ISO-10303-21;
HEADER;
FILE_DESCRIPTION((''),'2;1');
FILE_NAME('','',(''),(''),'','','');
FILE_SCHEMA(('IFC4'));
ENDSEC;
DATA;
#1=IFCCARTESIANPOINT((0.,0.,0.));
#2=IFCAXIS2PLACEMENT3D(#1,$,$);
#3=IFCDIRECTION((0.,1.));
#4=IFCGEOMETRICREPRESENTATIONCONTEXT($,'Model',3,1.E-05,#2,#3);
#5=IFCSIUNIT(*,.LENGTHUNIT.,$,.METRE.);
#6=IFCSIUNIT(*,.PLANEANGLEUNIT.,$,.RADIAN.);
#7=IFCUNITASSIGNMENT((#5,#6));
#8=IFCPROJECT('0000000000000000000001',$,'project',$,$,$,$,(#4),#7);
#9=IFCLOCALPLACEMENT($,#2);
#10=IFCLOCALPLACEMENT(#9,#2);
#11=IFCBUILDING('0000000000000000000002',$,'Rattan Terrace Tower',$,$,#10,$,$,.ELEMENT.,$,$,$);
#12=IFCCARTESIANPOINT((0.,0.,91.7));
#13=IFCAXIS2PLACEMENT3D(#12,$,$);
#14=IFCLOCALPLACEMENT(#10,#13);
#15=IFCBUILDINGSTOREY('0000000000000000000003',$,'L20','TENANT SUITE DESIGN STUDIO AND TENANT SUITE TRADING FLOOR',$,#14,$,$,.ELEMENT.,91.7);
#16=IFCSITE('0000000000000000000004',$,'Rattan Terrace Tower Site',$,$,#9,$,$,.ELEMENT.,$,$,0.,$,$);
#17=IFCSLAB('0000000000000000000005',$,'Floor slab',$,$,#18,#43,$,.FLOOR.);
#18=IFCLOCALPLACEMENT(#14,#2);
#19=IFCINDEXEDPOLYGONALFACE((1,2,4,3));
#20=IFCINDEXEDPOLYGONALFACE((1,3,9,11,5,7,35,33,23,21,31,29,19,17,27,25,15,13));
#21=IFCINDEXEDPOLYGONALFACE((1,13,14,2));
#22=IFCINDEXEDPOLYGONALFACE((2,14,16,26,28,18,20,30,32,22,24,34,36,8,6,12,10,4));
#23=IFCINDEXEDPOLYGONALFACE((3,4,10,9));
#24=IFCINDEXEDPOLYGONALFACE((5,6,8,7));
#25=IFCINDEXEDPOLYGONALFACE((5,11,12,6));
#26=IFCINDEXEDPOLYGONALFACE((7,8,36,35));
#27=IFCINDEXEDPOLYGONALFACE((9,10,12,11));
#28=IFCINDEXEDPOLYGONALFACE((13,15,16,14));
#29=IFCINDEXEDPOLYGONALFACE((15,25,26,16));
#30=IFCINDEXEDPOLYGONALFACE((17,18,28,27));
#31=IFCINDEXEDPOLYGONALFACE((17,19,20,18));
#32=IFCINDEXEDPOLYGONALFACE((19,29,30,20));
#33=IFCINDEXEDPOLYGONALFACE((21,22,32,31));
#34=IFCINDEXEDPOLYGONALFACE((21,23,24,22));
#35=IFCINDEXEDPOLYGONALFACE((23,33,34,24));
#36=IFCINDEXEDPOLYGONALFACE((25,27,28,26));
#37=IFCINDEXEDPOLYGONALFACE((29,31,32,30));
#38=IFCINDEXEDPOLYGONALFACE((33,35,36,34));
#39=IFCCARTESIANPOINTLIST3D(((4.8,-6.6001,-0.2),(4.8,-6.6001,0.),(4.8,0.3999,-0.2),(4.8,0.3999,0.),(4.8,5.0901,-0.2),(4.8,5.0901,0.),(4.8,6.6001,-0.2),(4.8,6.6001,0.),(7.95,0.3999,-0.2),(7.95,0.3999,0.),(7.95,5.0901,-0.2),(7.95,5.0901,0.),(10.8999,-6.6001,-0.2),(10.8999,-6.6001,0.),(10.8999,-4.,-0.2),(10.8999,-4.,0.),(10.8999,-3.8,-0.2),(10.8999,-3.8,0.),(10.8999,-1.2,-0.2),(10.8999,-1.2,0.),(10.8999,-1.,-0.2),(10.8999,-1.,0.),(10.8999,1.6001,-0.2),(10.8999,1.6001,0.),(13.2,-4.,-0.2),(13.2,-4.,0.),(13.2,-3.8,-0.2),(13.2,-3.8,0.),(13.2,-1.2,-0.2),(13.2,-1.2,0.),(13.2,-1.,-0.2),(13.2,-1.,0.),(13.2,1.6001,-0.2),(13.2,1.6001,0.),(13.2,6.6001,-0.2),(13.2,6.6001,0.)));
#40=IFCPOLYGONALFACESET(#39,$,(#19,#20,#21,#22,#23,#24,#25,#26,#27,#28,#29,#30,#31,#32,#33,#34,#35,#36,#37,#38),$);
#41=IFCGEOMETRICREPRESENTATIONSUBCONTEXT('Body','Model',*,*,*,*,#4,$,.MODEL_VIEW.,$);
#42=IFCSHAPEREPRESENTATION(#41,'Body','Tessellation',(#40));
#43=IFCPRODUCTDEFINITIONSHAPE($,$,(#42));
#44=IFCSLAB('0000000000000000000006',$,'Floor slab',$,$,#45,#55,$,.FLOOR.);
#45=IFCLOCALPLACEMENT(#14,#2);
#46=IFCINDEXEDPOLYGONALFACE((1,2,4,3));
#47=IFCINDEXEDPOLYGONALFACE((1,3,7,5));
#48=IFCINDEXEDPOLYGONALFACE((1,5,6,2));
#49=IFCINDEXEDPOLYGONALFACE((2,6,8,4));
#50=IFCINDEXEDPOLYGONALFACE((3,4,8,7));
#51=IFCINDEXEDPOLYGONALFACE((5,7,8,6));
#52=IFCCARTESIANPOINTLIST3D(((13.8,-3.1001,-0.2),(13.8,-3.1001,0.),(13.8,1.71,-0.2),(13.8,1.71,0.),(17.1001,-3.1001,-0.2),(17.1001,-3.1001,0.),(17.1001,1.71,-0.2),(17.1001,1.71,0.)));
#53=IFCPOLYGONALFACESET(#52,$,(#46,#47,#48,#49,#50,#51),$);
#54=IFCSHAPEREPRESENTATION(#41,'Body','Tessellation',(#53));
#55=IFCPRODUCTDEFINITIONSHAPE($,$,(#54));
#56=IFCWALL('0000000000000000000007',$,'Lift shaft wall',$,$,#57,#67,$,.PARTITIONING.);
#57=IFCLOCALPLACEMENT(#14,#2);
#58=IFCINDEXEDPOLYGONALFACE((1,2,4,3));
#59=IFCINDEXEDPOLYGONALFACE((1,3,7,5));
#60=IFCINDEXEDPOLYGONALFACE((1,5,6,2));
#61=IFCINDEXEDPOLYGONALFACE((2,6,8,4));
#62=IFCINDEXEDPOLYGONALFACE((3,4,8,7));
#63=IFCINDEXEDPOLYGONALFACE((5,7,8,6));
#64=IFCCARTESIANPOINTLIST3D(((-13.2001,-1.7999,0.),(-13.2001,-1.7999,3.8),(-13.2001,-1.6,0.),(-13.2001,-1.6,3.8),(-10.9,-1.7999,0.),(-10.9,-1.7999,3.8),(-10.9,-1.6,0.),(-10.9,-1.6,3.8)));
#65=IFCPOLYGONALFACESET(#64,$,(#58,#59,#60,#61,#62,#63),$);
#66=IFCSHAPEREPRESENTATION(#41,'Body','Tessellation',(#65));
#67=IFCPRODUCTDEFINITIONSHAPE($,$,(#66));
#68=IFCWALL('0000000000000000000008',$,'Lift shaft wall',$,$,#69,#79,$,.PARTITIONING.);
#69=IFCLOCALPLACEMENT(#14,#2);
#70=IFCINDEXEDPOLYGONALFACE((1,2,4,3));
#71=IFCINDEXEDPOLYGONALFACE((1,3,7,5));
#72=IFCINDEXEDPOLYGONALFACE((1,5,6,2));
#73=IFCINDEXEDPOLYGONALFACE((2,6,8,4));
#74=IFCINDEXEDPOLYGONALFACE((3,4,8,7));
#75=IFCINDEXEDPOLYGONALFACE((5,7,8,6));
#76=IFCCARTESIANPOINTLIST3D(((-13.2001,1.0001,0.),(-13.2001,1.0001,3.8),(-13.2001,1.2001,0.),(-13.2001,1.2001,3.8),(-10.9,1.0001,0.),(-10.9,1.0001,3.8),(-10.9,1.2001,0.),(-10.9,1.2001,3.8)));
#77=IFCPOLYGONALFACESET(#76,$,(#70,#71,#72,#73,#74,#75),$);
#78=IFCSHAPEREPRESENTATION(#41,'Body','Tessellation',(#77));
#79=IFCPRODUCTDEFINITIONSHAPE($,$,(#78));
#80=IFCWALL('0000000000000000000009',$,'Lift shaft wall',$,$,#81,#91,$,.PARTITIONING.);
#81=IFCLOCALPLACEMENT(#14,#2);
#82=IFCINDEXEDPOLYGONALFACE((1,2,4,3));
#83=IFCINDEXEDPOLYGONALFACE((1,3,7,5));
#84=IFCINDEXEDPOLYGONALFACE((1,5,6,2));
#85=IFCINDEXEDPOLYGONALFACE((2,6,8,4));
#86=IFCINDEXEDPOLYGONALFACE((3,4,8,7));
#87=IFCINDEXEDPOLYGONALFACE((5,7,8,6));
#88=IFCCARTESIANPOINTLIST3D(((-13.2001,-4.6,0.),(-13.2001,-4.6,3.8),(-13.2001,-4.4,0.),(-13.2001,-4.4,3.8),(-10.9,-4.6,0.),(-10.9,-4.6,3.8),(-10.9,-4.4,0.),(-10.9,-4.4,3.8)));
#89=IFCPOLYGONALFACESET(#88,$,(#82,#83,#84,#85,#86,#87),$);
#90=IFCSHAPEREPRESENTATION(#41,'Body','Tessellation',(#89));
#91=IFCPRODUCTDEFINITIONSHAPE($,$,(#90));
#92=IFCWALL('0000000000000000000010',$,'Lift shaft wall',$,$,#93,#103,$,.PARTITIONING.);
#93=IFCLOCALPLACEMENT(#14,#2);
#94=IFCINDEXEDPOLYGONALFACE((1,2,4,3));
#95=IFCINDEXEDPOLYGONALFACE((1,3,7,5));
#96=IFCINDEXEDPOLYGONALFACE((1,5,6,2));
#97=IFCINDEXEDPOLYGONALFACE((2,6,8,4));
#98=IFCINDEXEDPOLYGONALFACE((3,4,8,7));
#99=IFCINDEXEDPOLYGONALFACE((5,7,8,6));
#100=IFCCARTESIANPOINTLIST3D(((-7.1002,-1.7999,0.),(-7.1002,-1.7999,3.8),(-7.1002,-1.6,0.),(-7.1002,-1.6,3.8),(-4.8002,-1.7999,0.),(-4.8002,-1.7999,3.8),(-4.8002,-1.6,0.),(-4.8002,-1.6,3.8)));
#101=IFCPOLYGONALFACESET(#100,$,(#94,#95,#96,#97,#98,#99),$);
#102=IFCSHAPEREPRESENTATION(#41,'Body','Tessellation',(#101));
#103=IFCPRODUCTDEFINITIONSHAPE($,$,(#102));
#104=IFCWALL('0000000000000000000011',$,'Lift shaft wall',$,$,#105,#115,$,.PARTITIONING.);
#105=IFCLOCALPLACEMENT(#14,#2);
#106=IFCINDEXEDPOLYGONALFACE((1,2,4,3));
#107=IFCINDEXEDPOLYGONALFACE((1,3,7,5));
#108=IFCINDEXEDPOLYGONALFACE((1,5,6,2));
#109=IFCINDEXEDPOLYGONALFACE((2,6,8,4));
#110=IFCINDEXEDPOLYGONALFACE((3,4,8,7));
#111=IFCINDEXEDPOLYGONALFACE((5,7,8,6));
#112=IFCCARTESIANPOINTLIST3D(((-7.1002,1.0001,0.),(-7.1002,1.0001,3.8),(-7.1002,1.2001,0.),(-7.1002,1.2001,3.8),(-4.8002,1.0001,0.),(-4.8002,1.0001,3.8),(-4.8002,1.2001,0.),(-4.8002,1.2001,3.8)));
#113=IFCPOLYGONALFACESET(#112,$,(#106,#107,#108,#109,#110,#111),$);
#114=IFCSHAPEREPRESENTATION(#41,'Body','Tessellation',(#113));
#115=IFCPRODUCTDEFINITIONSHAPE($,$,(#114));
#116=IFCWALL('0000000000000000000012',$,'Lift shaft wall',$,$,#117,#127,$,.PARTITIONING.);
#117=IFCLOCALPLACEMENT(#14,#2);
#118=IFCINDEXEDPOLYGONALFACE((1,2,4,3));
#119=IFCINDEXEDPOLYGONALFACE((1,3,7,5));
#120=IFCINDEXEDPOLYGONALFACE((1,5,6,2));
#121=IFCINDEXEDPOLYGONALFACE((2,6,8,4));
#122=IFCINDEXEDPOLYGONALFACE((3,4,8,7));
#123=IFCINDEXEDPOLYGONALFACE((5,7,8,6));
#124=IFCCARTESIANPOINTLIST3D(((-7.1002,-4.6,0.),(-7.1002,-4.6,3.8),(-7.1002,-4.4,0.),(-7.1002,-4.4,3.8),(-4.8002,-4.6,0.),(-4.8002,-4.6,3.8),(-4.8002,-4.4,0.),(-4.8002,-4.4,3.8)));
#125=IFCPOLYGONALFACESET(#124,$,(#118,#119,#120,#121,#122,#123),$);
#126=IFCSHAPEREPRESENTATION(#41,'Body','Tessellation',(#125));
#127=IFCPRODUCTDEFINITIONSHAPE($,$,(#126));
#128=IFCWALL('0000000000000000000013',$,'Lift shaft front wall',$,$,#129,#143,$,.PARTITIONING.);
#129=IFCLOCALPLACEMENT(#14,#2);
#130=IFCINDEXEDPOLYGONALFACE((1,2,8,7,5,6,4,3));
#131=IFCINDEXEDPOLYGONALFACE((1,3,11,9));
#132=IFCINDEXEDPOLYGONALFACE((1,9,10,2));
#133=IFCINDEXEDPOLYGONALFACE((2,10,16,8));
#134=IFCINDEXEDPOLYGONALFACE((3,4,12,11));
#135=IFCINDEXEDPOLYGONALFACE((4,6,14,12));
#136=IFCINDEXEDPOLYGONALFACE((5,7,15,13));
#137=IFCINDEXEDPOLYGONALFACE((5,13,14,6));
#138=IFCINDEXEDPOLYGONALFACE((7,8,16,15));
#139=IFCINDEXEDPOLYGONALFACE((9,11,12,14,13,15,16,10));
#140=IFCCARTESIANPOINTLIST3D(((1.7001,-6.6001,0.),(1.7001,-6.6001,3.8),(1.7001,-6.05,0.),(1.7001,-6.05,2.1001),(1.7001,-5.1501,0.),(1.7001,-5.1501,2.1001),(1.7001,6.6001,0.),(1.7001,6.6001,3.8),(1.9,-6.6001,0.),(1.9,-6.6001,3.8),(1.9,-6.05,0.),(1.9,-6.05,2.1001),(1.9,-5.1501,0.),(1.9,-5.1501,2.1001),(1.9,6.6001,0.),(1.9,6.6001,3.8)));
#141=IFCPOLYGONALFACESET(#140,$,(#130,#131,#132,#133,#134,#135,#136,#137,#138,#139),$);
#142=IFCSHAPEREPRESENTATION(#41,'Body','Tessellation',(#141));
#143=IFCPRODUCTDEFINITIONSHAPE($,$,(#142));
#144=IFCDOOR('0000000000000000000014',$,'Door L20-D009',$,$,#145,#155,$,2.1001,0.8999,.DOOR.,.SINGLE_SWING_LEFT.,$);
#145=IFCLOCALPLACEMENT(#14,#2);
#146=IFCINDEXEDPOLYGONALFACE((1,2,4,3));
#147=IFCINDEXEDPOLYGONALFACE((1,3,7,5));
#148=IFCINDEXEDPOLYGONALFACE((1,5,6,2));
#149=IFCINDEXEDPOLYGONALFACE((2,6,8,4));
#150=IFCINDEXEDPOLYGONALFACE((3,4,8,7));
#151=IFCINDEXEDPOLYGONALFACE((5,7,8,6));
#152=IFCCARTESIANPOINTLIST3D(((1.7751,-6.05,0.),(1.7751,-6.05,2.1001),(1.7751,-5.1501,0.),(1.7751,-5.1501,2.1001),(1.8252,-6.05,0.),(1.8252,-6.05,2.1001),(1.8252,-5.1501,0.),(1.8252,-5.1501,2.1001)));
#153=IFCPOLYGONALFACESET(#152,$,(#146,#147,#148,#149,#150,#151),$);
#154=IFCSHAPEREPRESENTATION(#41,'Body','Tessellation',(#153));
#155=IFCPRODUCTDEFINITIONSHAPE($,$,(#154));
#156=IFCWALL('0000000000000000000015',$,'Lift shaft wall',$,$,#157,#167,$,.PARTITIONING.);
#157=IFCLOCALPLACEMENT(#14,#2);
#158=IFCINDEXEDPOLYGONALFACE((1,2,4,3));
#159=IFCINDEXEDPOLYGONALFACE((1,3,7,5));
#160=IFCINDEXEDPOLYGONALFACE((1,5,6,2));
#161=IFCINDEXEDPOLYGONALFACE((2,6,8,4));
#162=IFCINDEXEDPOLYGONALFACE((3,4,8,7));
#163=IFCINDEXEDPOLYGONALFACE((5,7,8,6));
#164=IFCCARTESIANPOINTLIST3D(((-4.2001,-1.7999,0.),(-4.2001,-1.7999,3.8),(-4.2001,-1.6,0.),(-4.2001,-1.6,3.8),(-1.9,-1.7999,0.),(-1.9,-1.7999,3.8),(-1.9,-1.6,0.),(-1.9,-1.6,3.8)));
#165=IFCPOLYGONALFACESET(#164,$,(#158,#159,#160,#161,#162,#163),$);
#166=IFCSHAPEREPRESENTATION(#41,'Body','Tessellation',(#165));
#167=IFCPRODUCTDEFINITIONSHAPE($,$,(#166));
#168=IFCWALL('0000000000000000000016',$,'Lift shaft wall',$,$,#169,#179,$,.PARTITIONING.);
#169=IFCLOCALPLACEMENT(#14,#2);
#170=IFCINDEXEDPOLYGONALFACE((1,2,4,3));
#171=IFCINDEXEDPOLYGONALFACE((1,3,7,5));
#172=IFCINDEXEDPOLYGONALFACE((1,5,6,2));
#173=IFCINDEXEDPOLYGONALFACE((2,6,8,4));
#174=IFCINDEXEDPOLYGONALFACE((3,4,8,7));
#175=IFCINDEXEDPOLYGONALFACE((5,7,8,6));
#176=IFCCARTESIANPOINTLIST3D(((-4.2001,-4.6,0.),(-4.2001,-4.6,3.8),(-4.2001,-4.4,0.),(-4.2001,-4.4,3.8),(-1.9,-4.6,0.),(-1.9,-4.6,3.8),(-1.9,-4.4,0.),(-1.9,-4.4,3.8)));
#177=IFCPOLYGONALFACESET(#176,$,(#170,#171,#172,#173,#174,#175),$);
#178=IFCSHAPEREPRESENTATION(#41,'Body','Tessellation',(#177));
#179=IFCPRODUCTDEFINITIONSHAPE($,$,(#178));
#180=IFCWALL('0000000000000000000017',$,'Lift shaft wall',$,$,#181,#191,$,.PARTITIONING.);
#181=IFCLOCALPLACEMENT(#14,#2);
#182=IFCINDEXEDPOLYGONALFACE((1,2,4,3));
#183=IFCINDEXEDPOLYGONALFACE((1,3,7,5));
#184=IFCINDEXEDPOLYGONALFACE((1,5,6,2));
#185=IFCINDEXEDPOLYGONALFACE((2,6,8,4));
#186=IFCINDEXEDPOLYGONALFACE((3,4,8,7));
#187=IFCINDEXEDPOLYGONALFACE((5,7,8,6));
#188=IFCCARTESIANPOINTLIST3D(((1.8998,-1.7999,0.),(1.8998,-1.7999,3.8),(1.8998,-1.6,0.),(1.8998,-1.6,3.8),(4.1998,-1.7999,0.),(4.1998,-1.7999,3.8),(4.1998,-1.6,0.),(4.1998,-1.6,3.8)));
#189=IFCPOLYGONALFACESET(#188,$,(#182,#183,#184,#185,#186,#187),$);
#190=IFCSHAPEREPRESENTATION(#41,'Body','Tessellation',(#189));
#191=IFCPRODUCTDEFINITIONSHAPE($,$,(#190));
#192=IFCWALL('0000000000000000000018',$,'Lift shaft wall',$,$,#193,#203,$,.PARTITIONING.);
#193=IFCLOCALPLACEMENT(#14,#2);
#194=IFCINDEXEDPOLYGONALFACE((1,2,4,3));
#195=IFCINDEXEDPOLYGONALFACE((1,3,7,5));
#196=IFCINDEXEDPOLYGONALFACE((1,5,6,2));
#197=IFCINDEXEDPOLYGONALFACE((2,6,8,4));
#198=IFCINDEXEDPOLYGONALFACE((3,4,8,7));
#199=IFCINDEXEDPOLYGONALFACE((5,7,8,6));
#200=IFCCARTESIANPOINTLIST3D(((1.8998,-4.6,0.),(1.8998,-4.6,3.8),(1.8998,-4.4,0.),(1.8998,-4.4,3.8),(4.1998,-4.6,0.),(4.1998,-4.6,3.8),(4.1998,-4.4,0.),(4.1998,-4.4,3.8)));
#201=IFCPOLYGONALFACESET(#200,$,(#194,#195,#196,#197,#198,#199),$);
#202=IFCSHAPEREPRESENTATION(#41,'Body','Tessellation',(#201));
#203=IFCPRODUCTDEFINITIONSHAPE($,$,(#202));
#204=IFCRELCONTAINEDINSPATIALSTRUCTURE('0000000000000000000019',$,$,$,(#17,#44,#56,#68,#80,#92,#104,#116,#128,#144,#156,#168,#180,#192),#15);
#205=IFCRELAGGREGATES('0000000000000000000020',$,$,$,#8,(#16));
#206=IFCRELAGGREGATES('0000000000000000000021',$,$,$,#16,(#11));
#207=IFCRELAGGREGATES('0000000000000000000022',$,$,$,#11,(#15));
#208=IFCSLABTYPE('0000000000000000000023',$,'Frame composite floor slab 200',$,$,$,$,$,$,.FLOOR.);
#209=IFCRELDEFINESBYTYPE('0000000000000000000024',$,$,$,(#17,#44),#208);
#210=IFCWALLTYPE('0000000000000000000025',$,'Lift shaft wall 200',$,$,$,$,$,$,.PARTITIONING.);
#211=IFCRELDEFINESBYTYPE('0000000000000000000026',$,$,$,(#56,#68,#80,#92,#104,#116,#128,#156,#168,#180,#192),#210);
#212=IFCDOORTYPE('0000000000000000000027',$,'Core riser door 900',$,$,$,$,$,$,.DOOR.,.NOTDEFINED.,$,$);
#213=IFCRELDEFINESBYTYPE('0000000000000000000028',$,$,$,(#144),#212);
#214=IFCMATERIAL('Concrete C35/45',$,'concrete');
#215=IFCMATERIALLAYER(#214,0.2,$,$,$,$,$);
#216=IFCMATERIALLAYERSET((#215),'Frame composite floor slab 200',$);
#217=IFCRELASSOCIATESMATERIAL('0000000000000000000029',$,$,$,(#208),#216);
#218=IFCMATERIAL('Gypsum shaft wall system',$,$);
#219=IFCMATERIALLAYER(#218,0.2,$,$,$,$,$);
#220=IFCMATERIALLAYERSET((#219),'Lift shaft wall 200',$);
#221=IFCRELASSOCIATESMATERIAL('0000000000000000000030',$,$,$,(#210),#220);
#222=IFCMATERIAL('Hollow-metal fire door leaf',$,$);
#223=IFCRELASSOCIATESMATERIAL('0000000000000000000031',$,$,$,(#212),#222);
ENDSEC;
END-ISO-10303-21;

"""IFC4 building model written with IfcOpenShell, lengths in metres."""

from ifc_helpers import new_model, si_unit, direction, frame, frame_2d, origin, place, context, subcontext, project, spatial, polyline, rectangle, outline, extrude, material, layer, layer_set, type_object, element, fill, save


model = new_model("IFC4")

# Units and contexts
model_context = context("Model", 3, precision=1e-05, world=origin(), true_north=direction((0.0, 1.0)))
body_context = subcontext(model_context, "Body", "Model", "MODEL_VIEW")
ifc_project = project(units=[si_unit("LENGTHUNIT", "METRE"), si_unit("PLANEANGLEUNIT", "RADIAN")], contexts=[model_context])

# Site, building, storey
site_placement = place(None, origin())
site = spatial("IfcSite", under=ifc_project, at=site_placement, Name="Rattan Terrace Tower Site", CompositionType="ELEMENT", RefElevation=0.0)
building_placement = place(site_placement, origin())
building = spatial("IfcBuilding", under=site, at=building_placement, Name="Rattan Terrace Tower", CompositionType="ELEMENT")
storey_placement = place(building_placement, frame((0.0, 0.0, 91.7)))
storey = spatial("IfcBuildingStorey", under=building, at=storey_placement, Name="L20", Description="TENANT SUITE DESIGN STUDIO AND TENANT SUITE TRADING FLOOR", CompositionType="ELEMENT", Elevation=91.7)

# Slabs
ifc_material_1 = material(Name="Concrete C35/45", Category="concrete")
ifc_layer_1 = layer(ifc_material_1, 0.2)
ifc_layer_set_1 = layer_set([ifc_layer_1], Name="Frame composite floor slab 200")
slab_type_1 = type_object("IfcSlabType", Name="Frame composite floor slab 200", PredefinedType="FLOOR", material=ifc_layer_set_1)
slab_1_placement = place(storey_placement, frame((0.0, 0.0, -0.2)))
element("IfcSlab", 1, at=slab_1_placement, inside=storey, type_object=slab_type_1, Name="Floor slab", PredefinedType="FLOOR", context=body_context, shape_type="SweptSolid", body=[
    extrude(outline(polyline([(4.8, 5.0901), (7.95, 5.0901), (7.95, 0.3999), (4.8, 0.3999), (4.8, -6.6001), (10.8999, -6.6001), (10.8999, -4.0), (13.2, -4.0), (13.2, -3.8), (10.8999, -3.8), (10.8999, -1.2), (13.2, -1.2), (13.2, -1.0), (10.8999, -1.0), (10.8999, 1.6001), (13.2, 1.6001), (13.2, 6.6001), (4.8, 6.6001), (4.8, 5.0901)])), origin(), (0.0, 0.0, 1.0), 0.2),
])
slab_2_placement = place(storey_placement, frame((0.0, 0.0, -0.2)))
element("IfcSlab", 2, at=slab_2_placement, inside=storey, type_object=slab_type_1, Name="Floor slab", PredefinedType="FLOOR", context=body_context, shape_type="SweptSolid", body=[
    extrude(outline(polyline([(13.8, -3.1001), (17.1001, -3.1001), (17.1001, 1.71), (13.8, 1.71), (13.8, -3.1001)])), origin(), (0.0, 0.0, 1.0), 0.2),
])

# Walls
ifc_material_2 = material(Name="Gypsum shaft wall system")
ifc_layer_2 = layer(ifc_material_2, 0.2)
ifc_layer_set_2 = layer_set([ifc_layer_2], Name="Lift shaft wall 200")
wall_type = type_object("IfcWallType", Name="Lift shaft wall 200", PredefinedType="PARTITIONING", material=ifc_layer_set_2)
for number, where, z_axis, x_axis, name in (
    (3, (-13.2, -1.7, 0.0), (0.0, 0.0, 1.0), (1.0, 0.0, 0.0), "Lift shaft wall"),
    (4, (-13.2, 1.1001, 0.0), (0.0, 0.0, 1.0), (1.0, 0.0, 0.0), "Lift shaft wall"),
    (5, (-13.2, -4.5, 0.0), (0.0, 0.0, 1.0), (1.0, 0.0, 0.0), "Lift shaft wall"),
    (6, (-7.1001, -1.7, 0.0), (0.0, 0.0, 1.0), (1.0, 0.0, 0.0), "Lift shaft wall"),
    (7, (-7.1001, 1.1001, 0.0), (0.0, 0.0, 1.0), (1.0, 0.0, 0.0), "Lift shaft wall"),
    (8, (-7.1001, -4.5, 0.0), (0.0, 0.0, 1.0), (1.0, 0.0, 0.0), "Lift shaft wall"),
):
    element("IfcWall", number, at=place(storey_placement, frame(where, z_axis=z_axis, x_axis=x_axis)), inside=storey, type_object=wall_type, Name=name, PredefinedType="PARTITIONING", context=body_context, shape_type="SweptSolid", body=[
        extrude(rectangle(XDim=2.3, YDim=0.2, at=frame_2d((1.1499, 0.0))), origin(), (0.0, 0.0, 1.0), 3.8),
    ])

# Wall, opening, door
wall_placement = place(storey_placement, frame((1.8, -6.6001, 0.0), z_axis=(0.0, 0.0, 1.0), x_axis=(0.0, 1.0, 0.0)))
wall = element("IfcWall", 9, at=wall_placement, inside=storey, type_object=wall_type, Name="Lift shaft front wall", PredefinedType="PARTITIONING", context=body_context, shape_type="SweptSolid", body=[
    extrude(rectangle(XDim=13.2002, YDim=0.2, at=frame_2d((6.6001, 0.0))), origin(), (0.0, 0.0, 1.0), 3.8),
])
opening_placement = place(wall_placement, frame((0.55, 0.0, 0.0)))
opening = element("IfcOpeningElement", 10, at=opening_placement, cuts=wall, PredefinedType="OPENING", context=body_context, shape_type="SweptSolid", body=[
    extrude(rectangle(XDim=0.8999, YDim=2.1001, at=frame_2d((0.45, 1.05))), frame((0.0, 0.1106, 0.0), z_axis=(0.0, -1.0, 0.0), x_axis=(1.0, 0.0, 0.0)), (0.0, 0.0, 1.0), 0.2209),
])
ifc_material_3 = material(Name="Hollow-metal fire door leaf")
door_type = type_object("IfcDoorType", Name="Core riser door 900", OperationType="NOTDEFINED", PredefinedType="DOOR", material=ifc_material_3)
door_placement = place(opening_placement, origin())
door = element("IfcDoor", 11, at=door_placement, inside=storey, type_object=door_type, Name="Door L20-D009", OperationType="SINGLE_SWING_LEFT", OverallHeight=2.1001, OverallWidth=0.8999, PredefinedType="DOOR", context=body_context, shape_type="SweptSolid", body=[
    extrude(rectangle(XDim=0.8999, YDim=2.1001, at=frame_2d((0.45, 1.05))), frame((0.0, 0.0249, 0.0), z_axis=(0.0, -1.0, 0.0), x_axis=(1.0, 0.0, 0.0)), (0.0, 0.0, 1.0), 0.05),
])
fill(opening, door)

# Walls
for number, where, z_axis, x_axis, name in (
    (12, (-4.2, -1.7, 0.0), (0.0, 0.0, 1.0), (1.0, 0.0, 0.0), "Lift shaft wall"),
    (13, (-4.2, -4.5, 0.0), (0.0, 0.0, 1.0), (1.0, 0.0, 0.0), "Lift shaft wall"),
    (14, (1.8999, -1.7, 0.0), (0.0, 0.0, 1.0), (1.0, 0.0, 0.0), "Lift shaft wall"),
    (15, (1.8999, -4.5, 0.0), (0.0, 0.0, 1.0), (1.0, 0.0, 0.0), "Lift shaft wall"),
):
    element("IfcWall", number, at=place(storey_placement, frame(where, z_axis=z_axis, x_axis=x_axis)), inside=storey, type_object=wall_type, Name=name, PredefinedType="PARTITIONING", context=body_context, shape_type="SweptSolid", body=[
        extrude(rectangle(XDim=2.3, YDim=0.2, at=frame_2d((1.1499, 0.0))), origin(), (0.0, 0.0, 1.0), 3.8),
    ])

save(model, "model.ifc")
